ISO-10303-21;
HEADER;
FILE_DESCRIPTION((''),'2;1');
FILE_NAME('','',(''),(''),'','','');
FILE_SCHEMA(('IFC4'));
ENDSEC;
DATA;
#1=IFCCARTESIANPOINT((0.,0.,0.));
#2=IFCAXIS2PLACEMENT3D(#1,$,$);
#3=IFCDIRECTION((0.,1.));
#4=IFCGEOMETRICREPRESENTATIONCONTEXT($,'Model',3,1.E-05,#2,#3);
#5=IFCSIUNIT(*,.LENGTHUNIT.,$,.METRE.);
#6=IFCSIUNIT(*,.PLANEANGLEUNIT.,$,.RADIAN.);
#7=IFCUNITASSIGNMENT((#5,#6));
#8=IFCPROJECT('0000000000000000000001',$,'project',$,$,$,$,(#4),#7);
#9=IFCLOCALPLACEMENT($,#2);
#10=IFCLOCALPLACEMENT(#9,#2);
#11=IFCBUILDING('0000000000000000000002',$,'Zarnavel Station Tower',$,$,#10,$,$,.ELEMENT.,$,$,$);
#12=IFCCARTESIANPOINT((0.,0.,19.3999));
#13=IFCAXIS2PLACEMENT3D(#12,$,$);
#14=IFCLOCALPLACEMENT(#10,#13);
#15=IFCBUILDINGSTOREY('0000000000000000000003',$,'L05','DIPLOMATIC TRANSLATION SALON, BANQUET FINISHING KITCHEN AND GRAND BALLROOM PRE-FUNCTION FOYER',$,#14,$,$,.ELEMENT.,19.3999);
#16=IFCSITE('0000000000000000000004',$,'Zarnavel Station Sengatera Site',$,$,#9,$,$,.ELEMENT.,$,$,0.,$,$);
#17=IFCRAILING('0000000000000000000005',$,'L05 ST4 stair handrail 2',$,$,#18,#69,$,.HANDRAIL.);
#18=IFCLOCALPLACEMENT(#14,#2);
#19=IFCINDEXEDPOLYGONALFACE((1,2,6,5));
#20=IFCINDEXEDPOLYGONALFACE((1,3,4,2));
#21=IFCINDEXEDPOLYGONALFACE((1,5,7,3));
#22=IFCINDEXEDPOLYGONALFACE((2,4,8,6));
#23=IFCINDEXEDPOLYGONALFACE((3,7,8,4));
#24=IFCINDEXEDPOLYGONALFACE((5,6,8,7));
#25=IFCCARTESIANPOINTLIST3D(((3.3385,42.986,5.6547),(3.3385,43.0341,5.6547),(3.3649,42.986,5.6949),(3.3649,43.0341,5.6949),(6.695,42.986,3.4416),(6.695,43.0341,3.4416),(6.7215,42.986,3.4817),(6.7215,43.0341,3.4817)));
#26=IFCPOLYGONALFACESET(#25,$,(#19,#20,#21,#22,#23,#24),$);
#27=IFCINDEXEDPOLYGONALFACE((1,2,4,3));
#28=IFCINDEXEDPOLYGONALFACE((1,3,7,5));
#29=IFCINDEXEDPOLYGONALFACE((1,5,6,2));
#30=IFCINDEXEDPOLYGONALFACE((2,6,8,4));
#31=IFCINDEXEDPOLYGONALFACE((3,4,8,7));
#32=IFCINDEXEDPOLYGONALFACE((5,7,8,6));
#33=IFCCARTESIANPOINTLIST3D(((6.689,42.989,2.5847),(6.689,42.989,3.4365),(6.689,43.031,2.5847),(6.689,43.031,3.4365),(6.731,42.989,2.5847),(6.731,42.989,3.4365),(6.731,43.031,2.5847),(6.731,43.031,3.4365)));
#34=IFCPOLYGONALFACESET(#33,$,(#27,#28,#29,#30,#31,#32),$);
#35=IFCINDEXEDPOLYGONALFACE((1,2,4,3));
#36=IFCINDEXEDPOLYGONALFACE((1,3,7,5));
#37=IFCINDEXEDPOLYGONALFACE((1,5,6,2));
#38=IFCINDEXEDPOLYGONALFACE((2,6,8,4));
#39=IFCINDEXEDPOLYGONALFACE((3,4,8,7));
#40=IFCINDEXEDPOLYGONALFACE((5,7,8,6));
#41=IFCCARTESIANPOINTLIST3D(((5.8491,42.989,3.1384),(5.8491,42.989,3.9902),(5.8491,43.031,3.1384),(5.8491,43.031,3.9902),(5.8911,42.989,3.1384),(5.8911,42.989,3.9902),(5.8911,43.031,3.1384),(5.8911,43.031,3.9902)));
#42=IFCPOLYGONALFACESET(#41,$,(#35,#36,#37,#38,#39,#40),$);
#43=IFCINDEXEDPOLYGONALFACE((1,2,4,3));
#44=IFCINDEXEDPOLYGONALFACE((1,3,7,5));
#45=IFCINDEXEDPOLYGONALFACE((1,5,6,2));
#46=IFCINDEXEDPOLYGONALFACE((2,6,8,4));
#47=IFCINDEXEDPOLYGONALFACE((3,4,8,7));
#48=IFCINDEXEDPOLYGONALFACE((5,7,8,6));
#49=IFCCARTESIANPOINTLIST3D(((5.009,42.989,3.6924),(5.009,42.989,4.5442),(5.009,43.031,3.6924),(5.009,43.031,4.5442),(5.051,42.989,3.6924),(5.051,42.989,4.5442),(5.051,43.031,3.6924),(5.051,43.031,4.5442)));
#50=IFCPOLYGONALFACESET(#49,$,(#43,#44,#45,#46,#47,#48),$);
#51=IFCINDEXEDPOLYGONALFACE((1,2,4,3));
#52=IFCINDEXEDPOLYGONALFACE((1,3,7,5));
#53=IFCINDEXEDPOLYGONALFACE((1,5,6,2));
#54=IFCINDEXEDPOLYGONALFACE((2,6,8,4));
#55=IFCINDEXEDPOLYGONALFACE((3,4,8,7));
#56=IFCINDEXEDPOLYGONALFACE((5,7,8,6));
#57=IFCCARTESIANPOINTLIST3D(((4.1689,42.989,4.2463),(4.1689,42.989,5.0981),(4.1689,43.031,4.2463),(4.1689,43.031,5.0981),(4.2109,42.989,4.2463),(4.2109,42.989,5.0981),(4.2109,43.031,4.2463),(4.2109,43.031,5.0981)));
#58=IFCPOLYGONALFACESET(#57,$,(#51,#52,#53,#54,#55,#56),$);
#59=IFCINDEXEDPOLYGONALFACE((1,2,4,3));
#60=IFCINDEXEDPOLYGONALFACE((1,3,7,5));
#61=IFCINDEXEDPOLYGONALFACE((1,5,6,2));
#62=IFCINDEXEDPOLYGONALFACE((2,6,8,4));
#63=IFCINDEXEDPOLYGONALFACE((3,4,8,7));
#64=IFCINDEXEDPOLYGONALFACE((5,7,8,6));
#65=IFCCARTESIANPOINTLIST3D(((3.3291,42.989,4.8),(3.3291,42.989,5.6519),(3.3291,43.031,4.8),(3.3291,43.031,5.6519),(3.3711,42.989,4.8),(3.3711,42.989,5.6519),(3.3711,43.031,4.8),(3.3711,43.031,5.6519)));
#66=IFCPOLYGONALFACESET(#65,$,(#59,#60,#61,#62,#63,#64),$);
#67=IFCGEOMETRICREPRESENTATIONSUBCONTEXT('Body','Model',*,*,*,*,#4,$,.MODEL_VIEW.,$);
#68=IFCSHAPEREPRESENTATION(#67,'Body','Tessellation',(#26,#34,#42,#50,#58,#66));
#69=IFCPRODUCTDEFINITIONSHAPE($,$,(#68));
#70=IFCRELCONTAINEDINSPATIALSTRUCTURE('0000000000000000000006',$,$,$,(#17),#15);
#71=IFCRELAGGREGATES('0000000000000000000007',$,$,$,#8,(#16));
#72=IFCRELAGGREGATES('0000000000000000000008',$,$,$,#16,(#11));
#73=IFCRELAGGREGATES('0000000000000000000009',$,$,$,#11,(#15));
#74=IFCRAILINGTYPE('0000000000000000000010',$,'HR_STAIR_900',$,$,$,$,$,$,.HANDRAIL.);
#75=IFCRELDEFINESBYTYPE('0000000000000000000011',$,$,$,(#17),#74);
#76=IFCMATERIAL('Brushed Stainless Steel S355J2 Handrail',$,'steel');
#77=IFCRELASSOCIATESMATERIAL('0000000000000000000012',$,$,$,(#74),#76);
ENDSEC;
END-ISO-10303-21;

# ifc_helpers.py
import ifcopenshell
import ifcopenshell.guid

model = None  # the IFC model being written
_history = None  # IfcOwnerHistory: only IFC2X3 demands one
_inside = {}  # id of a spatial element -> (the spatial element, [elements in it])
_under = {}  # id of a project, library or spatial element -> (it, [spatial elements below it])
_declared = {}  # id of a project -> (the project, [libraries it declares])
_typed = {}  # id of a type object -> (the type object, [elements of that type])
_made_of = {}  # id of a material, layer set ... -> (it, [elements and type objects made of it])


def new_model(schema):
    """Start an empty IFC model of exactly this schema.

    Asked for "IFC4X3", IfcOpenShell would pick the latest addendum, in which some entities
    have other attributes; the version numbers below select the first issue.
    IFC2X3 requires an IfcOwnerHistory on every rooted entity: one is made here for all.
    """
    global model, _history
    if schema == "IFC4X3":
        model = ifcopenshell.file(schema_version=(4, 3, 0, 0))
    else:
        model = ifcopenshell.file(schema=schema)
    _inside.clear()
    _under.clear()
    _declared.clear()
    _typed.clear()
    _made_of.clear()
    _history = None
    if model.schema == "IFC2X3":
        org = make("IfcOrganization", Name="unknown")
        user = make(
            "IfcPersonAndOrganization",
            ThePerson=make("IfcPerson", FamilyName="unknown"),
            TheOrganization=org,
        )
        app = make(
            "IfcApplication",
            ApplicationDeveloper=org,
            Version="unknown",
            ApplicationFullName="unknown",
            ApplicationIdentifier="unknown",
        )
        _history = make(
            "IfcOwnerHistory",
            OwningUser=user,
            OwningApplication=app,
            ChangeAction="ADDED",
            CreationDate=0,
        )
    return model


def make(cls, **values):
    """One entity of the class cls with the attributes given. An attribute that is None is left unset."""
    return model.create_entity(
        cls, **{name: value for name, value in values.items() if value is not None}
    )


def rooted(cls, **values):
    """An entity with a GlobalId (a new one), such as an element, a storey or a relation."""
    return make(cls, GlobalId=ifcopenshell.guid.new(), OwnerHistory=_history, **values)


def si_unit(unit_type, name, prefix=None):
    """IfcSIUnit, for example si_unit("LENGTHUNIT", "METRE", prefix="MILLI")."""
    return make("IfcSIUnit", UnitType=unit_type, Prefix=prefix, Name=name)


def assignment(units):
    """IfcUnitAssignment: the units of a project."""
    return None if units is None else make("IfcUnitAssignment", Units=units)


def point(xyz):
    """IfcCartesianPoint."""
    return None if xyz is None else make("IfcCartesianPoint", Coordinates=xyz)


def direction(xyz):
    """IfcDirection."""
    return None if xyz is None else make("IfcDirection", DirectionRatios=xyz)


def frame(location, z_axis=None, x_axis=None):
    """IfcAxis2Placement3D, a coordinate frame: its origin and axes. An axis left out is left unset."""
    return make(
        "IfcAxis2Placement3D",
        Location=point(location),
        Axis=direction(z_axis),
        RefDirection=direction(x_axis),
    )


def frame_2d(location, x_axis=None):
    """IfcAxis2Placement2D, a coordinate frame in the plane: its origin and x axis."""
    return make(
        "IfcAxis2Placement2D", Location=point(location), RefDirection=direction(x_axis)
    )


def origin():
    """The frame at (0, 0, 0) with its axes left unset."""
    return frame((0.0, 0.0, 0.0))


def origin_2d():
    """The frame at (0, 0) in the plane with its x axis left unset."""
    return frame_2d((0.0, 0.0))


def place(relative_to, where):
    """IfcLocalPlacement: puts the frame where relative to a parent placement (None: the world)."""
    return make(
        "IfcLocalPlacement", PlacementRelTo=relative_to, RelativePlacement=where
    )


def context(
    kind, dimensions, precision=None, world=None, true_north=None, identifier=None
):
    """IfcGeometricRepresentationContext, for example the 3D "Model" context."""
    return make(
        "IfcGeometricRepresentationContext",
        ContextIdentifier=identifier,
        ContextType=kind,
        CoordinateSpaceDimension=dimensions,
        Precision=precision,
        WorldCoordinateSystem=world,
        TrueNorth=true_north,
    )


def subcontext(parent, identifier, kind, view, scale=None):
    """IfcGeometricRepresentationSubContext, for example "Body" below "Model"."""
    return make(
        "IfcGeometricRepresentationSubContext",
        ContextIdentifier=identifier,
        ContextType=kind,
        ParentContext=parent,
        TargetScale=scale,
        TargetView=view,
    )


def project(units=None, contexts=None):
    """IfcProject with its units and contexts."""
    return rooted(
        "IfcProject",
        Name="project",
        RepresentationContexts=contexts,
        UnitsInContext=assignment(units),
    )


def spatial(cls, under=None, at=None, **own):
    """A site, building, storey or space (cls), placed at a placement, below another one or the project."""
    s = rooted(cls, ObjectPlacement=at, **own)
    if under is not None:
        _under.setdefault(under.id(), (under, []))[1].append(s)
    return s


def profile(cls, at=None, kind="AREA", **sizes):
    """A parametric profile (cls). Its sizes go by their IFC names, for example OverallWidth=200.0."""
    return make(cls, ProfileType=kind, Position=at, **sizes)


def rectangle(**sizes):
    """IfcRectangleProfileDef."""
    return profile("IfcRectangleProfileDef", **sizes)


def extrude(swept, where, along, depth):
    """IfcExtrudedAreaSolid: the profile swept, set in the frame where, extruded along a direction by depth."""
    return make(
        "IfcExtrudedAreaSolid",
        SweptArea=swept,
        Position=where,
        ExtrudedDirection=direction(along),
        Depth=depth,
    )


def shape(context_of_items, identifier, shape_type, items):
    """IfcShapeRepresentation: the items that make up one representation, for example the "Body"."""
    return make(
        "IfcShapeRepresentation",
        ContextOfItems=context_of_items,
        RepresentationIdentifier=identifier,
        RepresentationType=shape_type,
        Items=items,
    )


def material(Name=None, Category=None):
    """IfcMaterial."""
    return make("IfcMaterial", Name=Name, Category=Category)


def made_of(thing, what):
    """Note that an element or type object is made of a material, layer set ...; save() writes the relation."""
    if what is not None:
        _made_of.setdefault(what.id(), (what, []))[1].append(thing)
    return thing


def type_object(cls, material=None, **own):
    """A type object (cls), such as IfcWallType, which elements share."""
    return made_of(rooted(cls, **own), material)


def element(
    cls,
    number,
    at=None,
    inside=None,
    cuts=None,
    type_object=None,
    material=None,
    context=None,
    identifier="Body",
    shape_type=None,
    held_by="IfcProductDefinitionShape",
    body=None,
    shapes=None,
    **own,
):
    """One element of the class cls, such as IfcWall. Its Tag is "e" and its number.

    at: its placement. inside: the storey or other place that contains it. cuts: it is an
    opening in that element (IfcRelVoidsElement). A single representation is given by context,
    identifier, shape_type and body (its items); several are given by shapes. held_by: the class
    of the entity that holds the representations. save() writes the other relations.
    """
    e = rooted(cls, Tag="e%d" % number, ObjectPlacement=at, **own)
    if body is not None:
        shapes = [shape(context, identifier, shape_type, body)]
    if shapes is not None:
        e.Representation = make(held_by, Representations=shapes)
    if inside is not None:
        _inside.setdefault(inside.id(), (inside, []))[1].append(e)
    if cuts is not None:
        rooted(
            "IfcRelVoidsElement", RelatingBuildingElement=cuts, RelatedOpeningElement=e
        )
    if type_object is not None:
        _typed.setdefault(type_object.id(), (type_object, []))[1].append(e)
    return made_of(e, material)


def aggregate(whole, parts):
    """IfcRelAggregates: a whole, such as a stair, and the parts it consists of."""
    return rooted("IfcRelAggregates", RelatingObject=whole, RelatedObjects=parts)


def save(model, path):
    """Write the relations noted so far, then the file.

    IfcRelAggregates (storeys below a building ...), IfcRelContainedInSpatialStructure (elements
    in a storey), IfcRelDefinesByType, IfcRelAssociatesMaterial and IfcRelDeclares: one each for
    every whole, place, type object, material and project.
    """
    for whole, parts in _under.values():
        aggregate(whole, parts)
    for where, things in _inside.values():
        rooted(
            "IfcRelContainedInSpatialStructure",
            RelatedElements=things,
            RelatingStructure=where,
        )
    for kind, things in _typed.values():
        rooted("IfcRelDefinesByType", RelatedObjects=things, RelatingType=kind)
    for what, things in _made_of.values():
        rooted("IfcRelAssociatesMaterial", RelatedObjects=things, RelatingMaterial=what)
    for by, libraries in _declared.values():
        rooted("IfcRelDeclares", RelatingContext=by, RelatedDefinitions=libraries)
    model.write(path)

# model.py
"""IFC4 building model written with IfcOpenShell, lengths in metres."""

from ifc_helpers import new_model, si_unit, direction, frame, origin, origin_2d, place, context, subcontext, project, spatial, rectangle, extrude, material, type_object, element, save


model = new_model("IFC4")

# Units and contexts
model_context = context("Model", 3, precision=1e-05, world=origin(), true_north=direction((0.0, 1.0)))
body_context = subcontext(model_context, "Body", "Model", "MODEL_VIEW")
ifc_project = project(units=[si_unit("LENGTHUNIT", "METRE"), si_unit("PLANEANGLEUNIT", "RADIAN")], contexts=[model_context])

# Site, building, storey
site_placement = place(None, origin())
site = spatial("IfcSite", under=ifc_project, at=site_placement, Name="Zarnavel Station Sengatera Site", CompositionType="ELEMENT", RefElevation=0.0)
building_placement = place(site_placement, origin())
building = spatial("IfcBuilding", under=site, at=building_placement, Name="Zarnavel Station Tower", CompositionType="ELEMENT")
storey_placement = place(building_placement, frame((0.0, 0.0, 19.3999)))
storey = spatial("IfcBuildingStorey", under=building, at=storey_placement, Name="L05", Description="DIPLOMATIC TRANSLATION SALON, BANQUET FINISHING KITCHEN AND GRAND BALLROOM PRE-FUNCTION FOYER", CompositionType="ELEMENT", Elevation=19.3999)

# Railing
ifc_material_1 = material(Name="Brushed Stainless Steel S355J2 Handrail", Category="steel")
railing_type_1 = type_object("IfcRailingType", Name="HR_STAIR_900", PredefinedType="HANDRAIL", material=ifc_material_1)
railing_1_placement = place(storey_placement, frame((6.71, 43.01, 2.5847)))
element("IfcRailing", 1, at=railing_1_placement, inside=storey, type_object=railing_type_1, Name="L05 ST4 stair handrail 2", PredefinedType="HANDRAIL", context=body_context, shape_type="SweptSolid", body=[
    extrude(rectangle(XDim=0.0481, YDim=0.0481, at=origin_2d()), frame((-0.0017, 0.0, 0.877), z_axis=(-0.834858, 0.0, 0.550465), x_axis=(0.0, -1.0, 0.0)), (0.0, 0.0, 1.0), 4.0205),
    extrude(rectangle(XDim=0.042, YDim=0.042, at=origin_2d()), origin(), (0.0, 0.0, 1.0), 0.8518),
    extrude(rectangle(XDim=0.042, YDim=0.042, at=origin_2d()), frame((-0.8398, 0.0, 0.5537)), (0.0, 0.0, 1.0), 0.8518),
    extrude(rectangle(XDim=0.042, YDim=0.042, at=origin_2d()), frame((-1.6799, 0.0, 1.1077)), (0.0, 0.0, 1.0), 0.8518),
    extrude(rectangle(XDim=0.042, YDim=0.042, at=origin_2d()), frame((-2.52, 0.0, 1.6616)), (0.0, 0.0, 1.0), 0.8518),
    extrude(rectangle(XDim=0.042, YDim=0.042, at=origin_2d()), frame((-3.3599, 0.0, 2.2153)), (0.0, 0.0, 1.0), 0.8518),
])

save(model, "model.ifc")
